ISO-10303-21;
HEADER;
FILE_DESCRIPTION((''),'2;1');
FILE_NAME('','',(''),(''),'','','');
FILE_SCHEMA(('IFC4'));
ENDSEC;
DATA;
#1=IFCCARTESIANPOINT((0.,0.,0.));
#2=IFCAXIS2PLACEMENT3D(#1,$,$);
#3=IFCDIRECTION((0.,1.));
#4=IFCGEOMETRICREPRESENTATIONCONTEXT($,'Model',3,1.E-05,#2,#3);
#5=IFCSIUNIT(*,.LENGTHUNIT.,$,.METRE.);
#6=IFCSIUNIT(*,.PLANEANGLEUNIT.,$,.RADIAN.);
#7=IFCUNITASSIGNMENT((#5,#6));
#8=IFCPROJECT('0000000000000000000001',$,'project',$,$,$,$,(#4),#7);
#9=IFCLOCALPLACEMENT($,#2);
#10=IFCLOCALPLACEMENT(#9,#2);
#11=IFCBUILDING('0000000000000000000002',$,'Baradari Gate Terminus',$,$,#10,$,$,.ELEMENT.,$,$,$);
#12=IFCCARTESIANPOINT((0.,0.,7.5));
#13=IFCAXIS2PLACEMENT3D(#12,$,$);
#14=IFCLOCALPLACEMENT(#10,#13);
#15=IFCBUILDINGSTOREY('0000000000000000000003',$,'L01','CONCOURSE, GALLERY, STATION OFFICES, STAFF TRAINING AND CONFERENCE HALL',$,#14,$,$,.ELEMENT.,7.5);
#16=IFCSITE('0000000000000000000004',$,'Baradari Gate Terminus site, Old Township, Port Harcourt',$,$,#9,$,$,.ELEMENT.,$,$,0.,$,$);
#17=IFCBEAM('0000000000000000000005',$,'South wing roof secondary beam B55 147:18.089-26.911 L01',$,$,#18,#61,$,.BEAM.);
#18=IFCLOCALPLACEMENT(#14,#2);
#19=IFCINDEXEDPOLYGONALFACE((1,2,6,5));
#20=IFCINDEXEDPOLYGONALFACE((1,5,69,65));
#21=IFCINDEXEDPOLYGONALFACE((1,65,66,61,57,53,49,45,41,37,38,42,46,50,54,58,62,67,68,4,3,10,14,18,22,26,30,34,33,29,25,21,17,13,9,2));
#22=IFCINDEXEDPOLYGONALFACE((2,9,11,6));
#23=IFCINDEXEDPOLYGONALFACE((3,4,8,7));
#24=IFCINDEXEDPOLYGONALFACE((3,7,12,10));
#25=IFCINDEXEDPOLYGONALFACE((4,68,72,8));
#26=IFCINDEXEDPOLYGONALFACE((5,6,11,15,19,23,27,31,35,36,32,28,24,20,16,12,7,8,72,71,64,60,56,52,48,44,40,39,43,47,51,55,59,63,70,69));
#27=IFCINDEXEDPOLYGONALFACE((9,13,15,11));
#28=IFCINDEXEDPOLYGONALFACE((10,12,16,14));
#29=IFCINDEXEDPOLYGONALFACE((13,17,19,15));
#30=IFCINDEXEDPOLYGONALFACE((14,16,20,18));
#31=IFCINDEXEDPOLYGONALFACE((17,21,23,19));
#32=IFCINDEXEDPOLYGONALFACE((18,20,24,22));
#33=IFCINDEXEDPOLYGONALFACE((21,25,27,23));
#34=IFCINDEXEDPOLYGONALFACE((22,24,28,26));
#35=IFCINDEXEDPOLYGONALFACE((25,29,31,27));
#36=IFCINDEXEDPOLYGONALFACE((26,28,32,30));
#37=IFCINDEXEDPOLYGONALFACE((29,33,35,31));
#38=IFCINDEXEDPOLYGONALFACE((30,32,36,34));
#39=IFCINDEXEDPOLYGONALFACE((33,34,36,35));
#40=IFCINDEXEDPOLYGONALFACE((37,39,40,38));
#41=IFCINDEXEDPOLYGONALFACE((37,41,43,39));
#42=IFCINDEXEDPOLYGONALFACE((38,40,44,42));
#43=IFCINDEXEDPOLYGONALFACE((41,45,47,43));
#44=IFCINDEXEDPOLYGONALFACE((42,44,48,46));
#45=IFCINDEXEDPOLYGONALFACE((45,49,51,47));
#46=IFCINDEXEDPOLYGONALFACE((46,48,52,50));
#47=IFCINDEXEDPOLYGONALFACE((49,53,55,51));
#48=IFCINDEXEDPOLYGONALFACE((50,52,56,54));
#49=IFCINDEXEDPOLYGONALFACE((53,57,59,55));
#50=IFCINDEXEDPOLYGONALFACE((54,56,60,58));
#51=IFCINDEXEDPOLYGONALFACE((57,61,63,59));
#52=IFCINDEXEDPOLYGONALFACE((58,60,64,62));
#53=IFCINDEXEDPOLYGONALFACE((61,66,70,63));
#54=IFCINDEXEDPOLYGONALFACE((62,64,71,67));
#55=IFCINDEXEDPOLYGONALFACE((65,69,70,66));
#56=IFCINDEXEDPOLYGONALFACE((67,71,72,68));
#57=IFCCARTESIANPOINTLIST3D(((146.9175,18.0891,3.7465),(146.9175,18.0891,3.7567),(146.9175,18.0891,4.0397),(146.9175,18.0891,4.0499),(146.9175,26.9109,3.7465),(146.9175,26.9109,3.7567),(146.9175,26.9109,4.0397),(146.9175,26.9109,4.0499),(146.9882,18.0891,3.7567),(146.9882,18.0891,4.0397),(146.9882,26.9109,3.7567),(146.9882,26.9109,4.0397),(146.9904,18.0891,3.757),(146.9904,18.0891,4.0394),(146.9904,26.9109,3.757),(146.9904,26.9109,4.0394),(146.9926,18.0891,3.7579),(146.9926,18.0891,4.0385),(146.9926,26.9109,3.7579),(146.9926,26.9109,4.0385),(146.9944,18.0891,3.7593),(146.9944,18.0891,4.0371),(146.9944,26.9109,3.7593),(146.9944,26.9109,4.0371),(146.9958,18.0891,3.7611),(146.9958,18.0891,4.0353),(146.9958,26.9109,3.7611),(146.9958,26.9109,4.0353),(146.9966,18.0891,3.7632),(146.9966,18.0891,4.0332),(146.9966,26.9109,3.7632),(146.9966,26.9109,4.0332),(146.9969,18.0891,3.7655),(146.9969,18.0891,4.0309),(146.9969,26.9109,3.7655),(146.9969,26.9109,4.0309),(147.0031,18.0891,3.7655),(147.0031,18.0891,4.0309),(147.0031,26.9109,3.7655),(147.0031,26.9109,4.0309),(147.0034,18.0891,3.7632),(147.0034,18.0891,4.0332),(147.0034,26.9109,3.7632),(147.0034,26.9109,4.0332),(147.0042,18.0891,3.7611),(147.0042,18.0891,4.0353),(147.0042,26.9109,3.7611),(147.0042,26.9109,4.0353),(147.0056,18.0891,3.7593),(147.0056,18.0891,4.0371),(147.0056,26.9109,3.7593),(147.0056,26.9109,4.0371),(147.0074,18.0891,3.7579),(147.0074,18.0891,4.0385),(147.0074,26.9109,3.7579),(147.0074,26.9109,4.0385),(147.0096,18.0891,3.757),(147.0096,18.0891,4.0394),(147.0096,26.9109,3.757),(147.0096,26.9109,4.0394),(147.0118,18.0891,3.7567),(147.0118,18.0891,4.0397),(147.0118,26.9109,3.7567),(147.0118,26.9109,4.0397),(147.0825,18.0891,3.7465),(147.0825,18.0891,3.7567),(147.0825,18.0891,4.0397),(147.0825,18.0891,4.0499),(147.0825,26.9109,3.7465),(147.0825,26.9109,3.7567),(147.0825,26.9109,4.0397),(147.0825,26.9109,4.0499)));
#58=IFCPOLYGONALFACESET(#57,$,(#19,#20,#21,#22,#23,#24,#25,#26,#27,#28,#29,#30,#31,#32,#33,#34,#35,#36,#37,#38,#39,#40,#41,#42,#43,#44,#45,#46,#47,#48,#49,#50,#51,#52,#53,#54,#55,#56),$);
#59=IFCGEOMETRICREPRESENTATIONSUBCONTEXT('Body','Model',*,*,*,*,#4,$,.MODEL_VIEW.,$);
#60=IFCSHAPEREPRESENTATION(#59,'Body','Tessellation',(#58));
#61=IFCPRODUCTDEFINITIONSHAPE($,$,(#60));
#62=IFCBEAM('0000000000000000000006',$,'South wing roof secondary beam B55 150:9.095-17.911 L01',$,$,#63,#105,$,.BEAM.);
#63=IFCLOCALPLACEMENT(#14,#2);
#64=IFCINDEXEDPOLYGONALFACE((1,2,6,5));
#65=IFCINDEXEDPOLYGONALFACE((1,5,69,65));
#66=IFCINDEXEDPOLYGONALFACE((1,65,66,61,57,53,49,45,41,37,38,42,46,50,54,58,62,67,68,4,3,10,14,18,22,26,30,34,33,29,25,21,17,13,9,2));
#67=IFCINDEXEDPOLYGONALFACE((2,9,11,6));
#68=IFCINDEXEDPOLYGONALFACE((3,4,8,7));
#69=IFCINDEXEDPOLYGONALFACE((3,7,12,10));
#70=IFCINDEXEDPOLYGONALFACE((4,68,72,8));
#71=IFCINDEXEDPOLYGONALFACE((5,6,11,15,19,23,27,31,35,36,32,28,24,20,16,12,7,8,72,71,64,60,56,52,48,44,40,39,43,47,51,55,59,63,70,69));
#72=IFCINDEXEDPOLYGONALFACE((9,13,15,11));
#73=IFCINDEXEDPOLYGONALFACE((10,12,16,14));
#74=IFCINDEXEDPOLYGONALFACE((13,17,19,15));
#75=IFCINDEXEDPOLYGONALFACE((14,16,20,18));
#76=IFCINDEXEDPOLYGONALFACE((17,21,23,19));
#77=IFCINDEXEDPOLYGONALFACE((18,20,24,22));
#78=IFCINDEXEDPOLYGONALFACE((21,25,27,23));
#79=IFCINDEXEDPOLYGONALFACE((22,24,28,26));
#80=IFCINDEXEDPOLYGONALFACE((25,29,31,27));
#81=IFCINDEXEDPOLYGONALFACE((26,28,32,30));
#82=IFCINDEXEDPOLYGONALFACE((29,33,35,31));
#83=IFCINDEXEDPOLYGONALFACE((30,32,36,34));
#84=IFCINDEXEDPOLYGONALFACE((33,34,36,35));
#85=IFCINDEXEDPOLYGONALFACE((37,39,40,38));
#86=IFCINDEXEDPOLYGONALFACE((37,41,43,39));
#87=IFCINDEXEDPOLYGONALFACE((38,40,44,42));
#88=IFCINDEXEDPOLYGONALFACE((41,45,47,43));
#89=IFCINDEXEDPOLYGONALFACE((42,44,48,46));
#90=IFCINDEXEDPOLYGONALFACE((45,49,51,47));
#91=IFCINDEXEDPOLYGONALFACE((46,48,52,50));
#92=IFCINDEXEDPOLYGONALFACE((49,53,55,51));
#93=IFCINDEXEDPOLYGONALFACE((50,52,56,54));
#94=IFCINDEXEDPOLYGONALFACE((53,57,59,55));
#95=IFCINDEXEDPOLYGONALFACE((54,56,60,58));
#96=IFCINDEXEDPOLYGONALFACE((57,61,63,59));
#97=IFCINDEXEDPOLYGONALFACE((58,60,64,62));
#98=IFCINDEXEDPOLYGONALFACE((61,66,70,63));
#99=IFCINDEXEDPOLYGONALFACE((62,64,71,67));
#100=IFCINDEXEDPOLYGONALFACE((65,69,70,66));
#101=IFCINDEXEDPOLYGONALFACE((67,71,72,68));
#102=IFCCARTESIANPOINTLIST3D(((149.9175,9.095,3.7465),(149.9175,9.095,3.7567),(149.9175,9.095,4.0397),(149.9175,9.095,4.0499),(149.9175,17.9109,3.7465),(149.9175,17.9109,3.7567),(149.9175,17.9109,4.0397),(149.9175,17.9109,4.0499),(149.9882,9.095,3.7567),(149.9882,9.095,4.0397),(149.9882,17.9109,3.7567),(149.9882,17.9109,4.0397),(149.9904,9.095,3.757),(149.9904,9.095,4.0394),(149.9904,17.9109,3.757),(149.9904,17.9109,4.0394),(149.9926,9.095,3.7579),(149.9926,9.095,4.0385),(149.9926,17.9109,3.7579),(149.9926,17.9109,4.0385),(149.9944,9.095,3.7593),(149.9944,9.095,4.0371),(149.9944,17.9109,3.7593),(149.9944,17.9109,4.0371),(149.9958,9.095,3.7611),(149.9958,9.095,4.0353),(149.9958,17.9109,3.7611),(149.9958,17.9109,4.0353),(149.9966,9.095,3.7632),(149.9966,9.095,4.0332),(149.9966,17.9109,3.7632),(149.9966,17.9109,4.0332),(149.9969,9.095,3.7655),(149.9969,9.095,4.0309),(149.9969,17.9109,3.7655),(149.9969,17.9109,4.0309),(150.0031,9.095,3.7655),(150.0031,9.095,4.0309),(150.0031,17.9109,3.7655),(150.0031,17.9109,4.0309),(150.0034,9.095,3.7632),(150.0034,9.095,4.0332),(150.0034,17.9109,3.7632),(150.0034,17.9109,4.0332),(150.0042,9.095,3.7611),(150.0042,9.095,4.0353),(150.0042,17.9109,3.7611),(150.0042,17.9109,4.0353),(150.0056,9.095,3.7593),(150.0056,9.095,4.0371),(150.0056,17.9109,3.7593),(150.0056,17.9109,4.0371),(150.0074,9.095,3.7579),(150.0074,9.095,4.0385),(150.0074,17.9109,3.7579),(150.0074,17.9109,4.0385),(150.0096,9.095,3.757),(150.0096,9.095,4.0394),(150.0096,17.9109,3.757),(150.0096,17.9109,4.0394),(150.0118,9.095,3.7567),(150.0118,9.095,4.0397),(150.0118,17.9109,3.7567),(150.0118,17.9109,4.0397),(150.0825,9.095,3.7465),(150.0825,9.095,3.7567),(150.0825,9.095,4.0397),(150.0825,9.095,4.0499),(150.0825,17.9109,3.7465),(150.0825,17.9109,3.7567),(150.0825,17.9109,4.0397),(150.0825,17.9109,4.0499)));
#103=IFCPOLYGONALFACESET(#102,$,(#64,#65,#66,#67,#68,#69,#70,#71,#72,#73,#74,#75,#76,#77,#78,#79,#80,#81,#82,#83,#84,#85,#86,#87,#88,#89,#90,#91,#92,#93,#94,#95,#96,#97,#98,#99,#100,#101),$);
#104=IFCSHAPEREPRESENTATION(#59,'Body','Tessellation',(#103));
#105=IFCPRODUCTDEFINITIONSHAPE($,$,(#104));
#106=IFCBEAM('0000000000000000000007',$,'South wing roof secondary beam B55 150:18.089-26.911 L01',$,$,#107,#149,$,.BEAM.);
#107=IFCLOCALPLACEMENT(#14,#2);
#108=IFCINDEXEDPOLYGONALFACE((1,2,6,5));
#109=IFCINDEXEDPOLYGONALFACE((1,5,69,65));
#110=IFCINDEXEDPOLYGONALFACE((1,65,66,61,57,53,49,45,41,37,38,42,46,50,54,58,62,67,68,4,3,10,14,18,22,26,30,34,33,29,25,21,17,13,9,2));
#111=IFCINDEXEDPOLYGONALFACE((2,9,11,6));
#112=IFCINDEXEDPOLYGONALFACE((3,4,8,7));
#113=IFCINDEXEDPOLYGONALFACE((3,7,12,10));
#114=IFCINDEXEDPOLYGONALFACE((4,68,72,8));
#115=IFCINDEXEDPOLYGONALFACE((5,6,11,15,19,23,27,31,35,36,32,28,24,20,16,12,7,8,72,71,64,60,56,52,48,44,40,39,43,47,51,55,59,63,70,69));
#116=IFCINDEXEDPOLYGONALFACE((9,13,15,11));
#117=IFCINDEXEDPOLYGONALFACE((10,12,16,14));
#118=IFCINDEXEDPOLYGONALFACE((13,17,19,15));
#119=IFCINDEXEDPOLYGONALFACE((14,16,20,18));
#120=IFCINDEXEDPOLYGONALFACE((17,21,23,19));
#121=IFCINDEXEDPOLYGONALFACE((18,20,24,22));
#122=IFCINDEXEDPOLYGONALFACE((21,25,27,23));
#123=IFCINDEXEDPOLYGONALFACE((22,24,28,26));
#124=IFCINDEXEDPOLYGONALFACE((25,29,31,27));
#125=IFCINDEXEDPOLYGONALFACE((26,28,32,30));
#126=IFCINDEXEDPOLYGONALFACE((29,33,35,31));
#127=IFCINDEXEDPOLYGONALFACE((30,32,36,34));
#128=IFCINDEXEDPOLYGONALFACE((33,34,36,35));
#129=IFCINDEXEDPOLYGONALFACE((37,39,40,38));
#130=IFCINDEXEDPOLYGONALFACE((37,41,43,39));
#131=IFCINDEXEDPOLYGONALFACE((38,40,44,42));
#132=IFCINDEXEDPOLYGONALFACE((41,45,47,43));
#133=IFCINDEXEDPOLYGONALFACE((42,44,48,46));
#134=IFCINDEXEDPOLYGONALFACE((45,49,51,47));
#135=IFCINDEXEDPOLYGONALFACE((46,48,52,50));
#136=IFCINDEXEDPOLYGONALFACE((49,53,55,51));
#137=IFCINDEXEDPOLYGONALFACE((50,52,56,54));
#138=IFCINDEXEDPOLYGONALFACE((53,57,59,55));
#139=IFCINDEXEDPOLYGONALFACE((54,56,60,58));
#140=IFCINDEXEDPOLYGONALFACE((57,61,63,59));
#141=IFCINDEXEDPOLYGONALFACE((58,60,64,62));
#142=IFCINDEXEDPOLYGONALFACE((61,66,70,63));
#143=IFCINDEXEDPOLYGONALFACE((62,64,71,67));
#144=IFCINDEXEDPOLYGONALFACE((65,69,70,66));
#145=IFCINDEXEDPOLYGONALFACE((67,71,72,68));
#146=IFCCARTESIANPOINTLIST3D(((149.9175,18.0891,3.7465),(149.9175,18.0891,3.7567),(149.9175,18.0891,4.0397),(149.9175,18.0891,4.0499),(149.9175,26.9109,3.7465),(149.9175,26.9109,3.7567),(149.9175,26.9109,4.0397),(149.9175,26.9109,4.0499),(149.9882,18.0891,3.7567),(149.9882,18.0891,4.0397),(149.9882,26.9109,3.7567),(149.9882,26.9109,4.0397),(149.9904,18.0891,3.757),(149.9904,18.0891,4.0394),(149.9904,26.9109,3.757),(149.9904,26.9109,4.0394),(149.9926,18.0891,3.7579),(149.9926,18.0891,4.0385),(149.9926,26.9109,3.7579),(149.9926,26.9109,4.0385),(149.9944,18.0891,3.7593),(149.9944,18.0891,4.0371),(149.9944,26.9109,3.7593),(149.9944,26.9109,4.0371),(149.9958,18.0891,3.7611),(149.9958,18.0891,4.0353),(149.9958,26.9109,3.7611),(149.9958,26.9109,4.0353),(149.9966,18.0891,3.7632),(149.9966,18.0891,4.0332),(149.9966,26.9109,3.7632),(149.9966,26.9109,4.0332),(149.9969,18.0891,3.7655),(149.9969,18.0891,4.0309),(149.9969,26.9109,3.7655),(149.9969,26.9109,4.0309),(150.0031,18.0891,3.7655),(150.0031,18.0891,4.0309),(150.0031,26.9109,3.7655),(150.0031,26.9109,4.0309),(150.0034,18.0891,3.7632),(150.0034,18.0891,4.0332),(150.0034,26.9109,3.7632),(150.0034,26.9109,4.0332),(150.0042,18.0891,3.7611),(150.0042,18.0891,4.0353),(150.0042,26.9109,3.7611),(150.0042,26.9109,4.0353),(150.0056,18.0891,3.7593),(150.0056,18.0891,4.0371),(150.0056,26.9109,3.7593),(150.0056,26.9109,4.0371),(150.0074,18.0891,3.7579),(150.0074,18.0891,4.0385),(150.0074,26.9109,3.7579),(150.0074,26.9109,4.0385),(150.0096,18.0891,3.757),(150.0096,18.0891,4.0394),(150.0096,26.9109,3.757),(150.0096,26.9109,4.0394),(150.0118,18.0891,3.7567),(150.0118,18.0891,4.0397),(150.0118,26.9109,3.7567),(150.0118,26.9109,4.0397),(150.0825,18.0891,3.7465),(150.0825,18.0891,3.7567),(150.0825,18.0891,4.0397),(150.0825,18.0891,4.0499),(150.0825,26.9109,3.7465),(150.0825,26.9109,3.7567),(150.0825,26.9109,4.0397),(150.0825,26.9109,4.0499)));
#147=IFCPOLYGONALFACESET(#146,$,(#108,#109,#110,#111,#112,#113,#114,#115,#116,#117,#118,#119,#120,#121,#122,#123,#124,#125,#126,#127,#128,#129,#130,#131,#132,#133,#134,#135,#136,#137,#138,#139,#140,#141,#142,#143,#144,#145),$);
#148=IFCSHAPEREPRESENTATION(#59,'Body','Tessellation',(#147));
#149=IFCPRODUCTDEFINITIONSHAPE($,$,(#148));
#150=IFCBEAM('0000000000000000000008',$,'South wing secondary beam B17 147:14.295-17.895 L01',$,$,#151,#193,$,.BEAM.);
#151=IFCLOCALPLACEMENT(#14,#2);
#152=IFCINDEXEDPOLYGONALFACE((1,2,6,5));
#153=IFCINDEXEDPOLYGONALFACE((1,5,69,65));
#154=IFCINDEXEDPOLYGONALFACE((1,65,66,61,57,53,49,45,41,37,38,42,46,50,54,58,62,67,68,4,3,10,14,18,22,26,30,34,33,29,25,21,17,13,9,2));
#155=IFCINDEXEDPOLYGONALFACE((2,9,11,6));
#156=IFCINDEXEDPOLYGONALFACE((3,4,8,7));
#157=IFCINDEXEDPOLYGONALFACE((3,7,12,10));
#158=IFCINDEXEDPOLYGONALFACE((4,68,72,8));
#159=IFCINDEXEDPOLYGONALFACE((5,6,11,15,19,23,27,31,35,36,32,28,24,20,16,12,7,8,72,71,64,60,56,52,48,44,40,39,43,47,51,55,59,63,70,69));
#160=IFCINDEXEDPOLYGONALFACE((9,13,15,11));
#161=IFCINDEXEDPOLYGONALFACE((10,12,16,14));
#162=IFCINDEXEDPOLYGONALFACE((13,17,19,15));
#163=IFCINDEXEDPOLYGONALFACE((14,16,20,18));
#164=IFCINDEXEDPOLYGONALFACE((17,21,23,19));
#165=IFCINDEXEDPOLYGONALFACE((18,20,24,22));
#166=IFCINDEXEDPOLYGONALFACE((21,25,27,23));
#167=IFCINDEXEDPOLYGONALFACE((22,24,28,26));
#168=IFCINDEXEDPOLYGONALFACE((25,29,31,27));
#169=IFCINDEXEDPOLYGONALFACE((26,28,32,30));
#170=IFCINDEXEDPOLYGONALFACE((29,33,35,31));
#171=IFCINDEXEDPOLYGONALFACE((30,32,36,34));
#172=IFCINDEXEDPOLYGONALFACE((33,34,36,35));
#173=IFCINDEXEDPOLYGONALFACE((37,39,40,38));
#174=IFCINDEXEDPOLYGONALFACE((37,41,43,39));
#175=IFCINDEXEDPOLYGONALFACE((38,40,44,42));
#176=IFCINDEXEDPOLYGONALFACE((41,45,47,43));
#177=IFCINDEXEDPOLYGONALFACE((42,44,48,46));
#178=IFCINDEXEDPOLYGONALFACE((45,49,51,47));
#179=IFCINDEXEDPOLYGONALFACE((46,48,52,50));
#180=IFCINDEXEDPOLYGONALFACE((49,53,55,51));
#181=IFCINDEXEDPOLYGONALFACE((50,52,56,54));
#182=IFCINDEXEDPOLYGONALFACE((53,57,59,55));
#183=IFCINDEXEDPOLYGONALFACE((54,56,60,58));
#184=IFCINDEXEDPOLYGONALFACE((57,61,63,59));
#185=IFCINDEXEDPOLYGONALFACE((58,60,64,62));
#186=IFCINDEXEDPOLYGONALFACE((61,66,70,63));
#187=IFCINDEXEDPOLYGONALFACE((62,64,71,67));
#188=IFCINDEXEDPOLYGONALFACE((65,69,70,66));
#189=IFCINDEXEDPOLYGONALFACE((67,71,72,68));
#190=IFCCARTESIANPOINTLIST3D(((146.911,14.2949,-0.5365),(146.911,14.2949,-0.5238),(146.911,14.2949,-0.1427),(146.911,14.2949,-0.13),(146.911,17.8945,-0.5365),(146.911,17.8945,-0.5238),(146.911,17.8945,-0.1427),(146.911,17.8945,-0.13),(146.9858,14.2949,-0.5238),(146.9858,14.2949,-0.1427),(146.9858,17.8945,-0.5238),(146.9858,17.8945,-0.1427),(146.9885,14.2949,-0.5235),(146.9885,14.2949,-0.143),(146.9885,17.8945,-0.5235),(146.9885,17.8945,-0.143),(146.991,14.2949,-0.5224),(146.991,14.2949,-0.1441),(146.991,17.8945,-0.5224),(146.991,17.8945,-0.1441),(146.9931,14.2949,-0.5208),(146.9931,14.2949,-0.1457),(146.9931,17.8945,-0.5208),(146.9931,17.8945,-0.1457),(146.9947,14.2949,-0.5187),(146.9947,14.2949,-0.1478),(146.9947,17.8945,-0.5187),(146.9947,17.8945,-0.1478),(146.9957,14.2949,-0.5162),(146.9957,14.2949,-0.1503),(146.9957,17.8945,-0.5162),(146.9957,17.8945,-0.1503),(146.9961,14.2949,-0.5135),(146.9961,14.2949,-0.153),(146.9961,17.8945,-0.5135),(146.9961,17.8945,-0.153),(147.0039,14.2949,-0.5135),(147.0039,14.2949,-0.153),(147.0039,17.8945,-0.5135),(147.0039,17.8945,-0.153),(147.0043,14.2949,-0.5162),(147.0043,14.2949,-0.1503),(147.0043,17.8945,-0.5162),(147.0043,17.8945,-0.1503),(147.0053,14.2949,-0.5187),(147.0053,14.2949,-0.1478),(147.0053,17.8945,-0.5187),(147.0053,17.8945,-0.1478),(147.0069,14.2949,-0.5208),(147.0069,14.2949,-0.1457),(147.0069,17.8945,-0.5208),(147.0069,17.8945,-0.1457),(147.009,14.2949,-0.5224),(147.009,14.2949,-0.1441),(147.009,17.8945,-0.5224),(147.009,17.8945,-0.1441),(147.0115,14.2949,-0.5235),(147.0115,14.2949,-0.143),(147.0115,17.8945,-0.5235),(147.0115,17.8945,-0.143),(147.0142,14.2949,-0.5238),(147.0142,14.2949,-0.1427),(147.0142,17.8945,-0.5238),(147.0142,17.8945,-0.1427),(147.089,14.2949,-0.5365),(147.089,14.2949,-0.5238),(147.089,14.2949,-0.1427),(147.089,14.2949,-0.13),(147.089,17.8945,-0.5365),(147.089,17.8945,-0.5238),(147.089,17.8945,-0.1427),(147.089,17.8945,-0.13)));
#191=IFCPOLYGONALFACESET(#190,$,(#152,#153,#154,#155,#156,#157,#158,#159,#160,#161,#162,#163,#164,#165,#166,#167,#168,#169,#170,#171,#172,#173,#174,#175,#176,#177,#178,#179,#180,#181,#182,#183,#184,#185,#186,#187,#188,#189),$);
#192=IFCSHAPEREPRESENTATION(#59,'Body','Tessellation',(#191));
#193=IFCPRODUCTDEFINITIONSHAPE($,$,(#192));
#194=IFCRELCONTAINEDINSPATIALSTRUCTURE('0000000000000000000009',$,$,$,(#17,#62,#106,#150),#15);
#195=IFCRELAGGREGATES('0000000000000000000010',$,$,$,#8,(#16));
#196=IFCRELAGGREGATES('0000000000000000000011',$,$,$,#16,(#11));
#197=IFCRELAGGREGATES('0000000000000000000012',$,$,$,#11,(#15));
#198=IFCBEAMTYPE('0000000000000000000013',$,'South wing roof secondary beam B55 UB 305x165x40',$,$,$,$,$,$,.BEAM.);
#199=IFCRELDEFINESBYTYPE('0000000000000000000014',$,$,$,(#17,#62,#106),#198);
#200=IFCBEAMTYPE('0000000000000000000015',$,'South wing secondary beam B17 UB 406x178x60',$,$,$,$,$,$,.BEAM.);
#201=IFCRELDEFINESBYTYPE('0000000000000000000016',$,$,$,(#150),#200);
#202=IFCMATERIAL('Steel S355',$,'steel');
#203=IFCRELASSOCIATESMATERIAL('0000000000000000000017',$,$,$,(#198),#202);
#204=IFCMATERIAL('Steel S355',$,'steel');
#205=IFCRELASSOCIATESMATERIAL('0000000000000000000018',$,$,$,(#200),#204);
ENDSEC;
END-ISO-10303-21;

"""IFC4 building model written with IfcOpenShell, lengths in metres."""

from ifc_helpers import new_model, si_unit, direction, frame, origin, origin_2d, place, context, subcontext, project, spatial, i_section, extrude, material, material_profile, profile_set, type_object, element, save


model = new_model("IFC4")

# Units and contexts
model_context = context("Model", 3, precision=1e-05, world=origin(), true_north=direction((0.0, 1.0)))
body_context = subcontext(model_context, "Body", "Model", "MODEL_VIEW")
ifc_project = project(units=[si_unit("LENGTHUNIT", "METRE"), si_unit("PLANEANGLEUNIT", "RADIAN")], contexts=[model_context])

# Site, building, storey
site_placement = place(None, origin())
site = spatial("IfcSite", under=ifc_project, at=site_placement, Name="Baradari Gate Terminus site, Old Township, Port Harcourt", CompositionType="ELEMENT", RefElevation=0.0)
building_placement = place(site_placement, origin())
building = spatial("IfcBuilding", under=site, at=building_placement, Name="Baradari Gate Terminus", CompositionType="ELEMENT")
storey_placement = place(building_placement, frame((0.0, 0.0, 7.5)))
storey = spatial("IfcBuildingStorey", under=building, at=storey_placement, Name="L01", Description="CONCOURSE, GALLERY, STATION OFFICES, STAFF TRAINING AND CONFERENCE HALL", CompositionType="ELEMENT", Elevation=7.5)

# Beams
ifc_material_1 = material(Name="Steel S355", Category="steel")
ifc_material_profile_1 = material_profile(ifc_material_1, i_section(OverallWidth=0.165, OverallDepth=0.3035, WebThickness=0.0061, FlangeThickness=0.0103, FilletRadius=0.0088, at=origin_2d()), Name="UB 305x165x40")
ifc_profile_set_1 = profile_set([ifc_material_profile_1], Name="Steel S355")
beam_type_1 = type_object("IfcBeamType", Name="South wing roof secondary beam B55 UB 305x165x40", PredefinedType="BEAM", material=ifc_profile_set_1)
beam_1_placement = place(storey_placement, frame((147.0, 18.0891, 3.8982), z_axis=(0.0, 1.0, 0.0), x_axis=(-1.0, 0.0, 0.0)))
element("IfcBeam", 1, at=beam_1_placement, inside=storey, type_object=beam_type_1, Name="South wing roof secondary beam B55 147:18.089-26.911 L01", PredefinedType="BEAM", context=body_context, shape_type="SweptSolid", body=[
    extrude(i_section(OverallWidth=0.165, OverallDepth=0.3035, WebThickness=0.0061, FlangeThickness=0.0103, FilletRadius=0.0088, at=origin_2d()), origin(), (0.0, 0.0, 1.0), 8.8218),
])
beam_2_placement = place(storey_placement, frame((150.0, 9.095, 3.8982), z_axis=(0.0, 1.0, 0.0), x_axis=(-1.0, 0.0, 0.0)))
element("IfcBeam", 2, at=beam_2_placement, inside=storey, type_object=beam_type_1, Name="South wing roof secondary beam B55 150:9.095-17.911 L01", PredefinedType="BEAM", context=body_context, shape_type="SweptSolid", body=[
    extrude(i_section(OverallWidth=0.165, OverallDepth=0.3035, WebThickness=0.0061, FlangeThickness=0.0103, FilletRadius=0.0088, at=origin_2d()), origin(), (0.0, 0.0, 1.0), 8.8159),
])
beam_3_placement = place(storey_placement, frame((150.0, 18.0891, 3.8982), z_axis=(0.0, 1.0, 0.0), x_axis=(-1.0, 0.0, 0.0)))
element("IfcBeam", 3, at=beam_3_placement, inside=storey, type_object=beam_type_1, Name="South wing roof secondary beam B55 150:18.089-26.911 L01", PredefinedType="BEAM", context=body_context, shape_type="SweptSolid", body=[
    extrude(i_section(OverallWidth=0.165, OverallDepth=0.3035, WebThickness=0.0061, FlangeThickness=0.0103, FilletRadius=0.0088, at=origin_2d()), origin(), (0.0, 0.0, 1.0), 8.8218),
])
ifc_material_2 = material(Name="Steel S355", Category="steel")
ifc_material_profile_2 = material_profile(ifc_material_2, i_section(OverallWidth=0.178, OverallDepth=0.4065, WebThickness=0.0078, FlangeThickness=0.0127, FilletRadius=0.0103, at=origin_2d()), Name="UB 406x178x60")
ifc_profile_set_2 = profile_set([ifc_material_profile_2], Name="Steel S355")
beam_type_2 = type_object("IfcBeamType", Name="South wing secondary beam B17 UB 406x178x60", PredefinedType="BEAM", material=ifc_profile_set_2)
for number, where, z_axis, x_axis, name in (
    (4, (147.0, 14.2949, -0.3333), (0.0, 1.0, 0.0), (-1.0, 0.0, 0.0), "South wing secondary beam B17 147:14.295-17.895 L01"),
):
    element("IfcBeam", number, at=place(storey_placement, frame(where, z_axis=z_axis, x_axis=x_axis)), inside=storey, type_object=beam_type_2, Name=name, PredefinedType="BEAM", context=body_context, shape_type="SweptSolid", body=[
        extrude(i_section(OverallWidth=0.178, OverallDepth=0.4065, WebThickness=0.0078, FlangeThickness=0.0127, FilletRadius=0.0103, at=origin_2d()), origin(), (0.0, 0.0, 1.0), 3.5996),
    ])

save(model, "model.ifc")
